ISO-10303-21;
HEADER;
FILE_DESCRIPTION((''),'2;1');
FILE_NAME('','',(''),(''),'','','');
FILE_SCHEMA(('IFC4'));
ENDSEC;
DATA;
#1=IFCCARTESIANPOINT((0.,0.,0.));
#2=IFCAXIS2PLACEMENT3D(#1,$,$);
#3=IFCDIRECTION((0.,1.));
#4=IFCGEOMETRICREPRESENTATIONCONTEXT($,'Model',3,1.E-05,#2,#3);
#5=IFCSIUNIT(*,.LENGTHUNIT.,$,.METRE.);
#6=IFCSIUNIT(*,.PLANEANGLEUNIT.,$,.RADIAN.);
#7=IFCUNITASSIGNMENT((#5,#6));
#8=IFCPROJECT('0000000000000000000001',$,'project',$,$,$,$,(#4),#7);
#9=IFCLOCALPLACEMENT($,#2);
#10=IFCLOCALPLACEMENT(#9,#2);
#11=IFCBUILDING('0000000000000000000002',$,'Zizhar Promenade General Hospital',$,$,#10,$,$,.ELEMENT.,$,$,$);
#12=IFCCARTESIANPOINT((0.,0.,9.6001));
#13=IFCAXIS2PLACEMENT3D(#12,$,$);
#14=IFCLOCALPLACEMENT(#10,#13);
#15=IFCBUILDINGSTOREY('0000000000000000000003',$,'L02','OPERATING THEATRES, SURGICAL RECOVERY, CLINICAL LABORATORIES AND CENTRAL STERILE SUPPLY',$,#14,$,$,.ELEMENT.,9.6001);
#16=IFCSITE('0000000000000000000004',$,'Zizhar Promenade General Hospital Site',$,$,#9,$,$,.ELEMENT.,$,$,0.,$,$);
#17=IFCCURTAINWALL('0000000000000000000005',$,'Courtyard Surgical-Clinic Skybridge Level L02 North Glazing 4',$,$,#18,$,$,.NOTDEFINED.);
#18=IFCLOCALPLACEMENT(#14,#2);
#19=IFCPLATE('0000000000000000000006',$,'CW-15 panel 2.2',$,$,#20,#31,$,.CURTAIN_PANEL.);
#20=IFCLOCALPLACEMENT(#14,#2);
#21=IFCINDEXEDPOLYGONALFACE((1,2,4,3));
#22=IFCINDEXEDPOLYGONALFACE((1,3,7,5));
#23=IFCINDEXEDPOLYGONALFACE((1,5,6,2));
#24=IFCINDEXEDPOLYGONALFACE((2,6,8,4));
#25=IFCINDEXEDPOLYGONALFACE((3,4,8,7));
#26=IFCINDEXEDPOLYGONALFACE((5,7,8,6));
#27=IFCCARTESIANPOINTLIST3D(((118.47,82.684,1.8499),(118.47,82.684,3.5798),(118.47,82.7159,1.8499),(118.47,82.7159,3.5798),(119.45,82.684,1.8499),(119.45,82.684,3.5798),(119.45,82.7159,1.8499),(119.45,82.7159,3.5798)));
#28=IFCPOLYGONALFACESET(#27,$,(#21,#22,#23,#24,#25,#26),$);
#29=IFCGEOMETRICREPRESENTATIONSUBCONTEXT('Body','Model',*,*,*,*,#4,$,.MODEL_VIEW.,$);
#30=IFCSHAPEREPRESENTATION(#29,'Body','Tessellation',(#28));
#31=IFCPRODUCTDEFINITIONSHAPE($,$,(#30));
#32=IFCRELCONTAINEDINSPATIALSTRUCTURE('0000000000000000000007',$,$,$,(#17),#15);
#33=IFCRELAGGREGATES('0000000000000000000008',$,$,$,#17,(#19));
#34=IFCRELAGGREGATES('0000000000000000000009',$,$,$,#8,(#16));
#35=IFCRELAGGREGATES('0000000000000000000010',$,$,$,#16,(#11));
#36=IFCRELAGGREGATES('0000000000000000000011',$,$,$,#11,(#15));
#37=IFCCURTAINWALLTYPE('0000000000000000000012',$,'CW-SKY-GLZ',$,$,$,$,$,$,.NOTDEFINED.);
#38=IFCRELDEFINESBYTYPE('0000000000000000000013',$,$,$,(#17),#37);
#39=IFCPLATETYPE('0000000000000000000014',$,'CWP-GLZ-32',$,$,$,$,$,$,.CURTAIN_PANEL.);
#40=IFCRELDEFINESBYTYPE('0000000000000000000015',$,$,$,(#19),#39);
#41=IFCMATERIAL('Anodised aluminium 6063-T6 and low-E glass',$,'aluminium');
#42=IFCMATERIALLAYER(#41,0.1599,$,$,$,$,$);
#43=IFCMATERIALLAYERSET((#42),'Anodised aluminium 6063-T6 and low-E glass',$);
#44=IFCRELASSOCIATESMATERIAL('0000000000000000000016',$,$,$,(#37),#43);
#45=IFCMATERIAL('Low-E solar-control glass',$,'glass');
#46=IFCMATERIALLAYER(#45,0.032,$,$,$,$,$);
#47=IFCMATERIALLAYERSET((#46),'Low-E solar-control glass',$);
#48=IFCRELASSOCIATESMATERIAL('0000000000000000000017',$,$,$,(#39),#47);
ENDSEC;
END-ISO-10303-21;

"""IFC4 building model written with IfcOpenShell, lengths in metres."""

from ifc_helpers import new_model, si_unit, direction, frame, origin, origin_2d, place, context, subcontext, project, spatial, rectangle, extrude, material, layer, layer_set, type_object, element, aggregate, save


model = new_model("IFC4")

# Units and contexts
model_context = context("Model", 3, precision=1e-05, world=origin(), true_north=direction((0.0, 1.0)))
body_context = subcontext(model_context, "Body", "Model", "MODEL_VIEW")
ifc_project = project(units=[si_unit("LENGTHUNIT", "METRE"), si_unit("PLANEANGLEUNIT", "RADIAN")], contexts=[model_context])

# Site, building, storey
site_placement = place(None, origin())
site = spatial("IfcSite", under=ifc_project, at=site_placement, Name="Zizhar Promenade General Hospital Site", CompositionType="ELEMENT", RefElevation=0.0)
building_placement = place(site_placement, origin())
building = spatial("IfcBuilding", under=site, at=building_placement, Name="Zizhar Promenade General Hospital", CompositionType="ELEMENT")
storey_placement = place(building_placement, frame((0.0, 0.0, 9.6001)))
storey = spatial("IfcBuildingStorey", under=building, at=storey_placement, Name="L02", Description="OPERATING THEATRES, SURGICAL RECOVERY, CLINICAL LABORATORIES AND CENTRAL STERILE SUPPLY", CompositionType="ELEMENT", Elevation=9.6001)

# Curtain wall
ifc_material_1 = material(Name="Anodised aluminium 6063-T6 and low-E glass", Category="aluminium")
ifc_layer_1 = layer(ifc_material_1, 0.1599)
ifc_layer_set_1 = layer_set([ifc_layer_1], Name="Anodised aluminium 6063-T6 and low-E glass")
curtain_wall_type = type_object("IfcCurtainWallType", Name="CW-SKY-GLZ", PredefinedType="NOTDEFINED", material=ifc_layer_set_1)
curtain_wall_1_placement = place(storey_placement, origin())
curtain_wall_1 = element("IfcCurtainWall", 1, at=curtain_wall_1_placement, inside=storey, type_object=curtain_wall_type, Name="Courtyard Surgical-Clinic Skybridge Level L02 North Glazing 4", PredefinedType="NOTDEFINED")

# Plate
ifc_material_2 = material(Name="Low-E solar-control glass", Category="glass")
ifc_layer_2 = layer(ifc_material_2, 0.032)
ifc_layer_set_2 = layer_set([ifc_layer_2], Name="Low-E solar-control glass")
plate_type = type_object("IfcPlateType", Name="CWP-GLZ-32", PredefinedType="CURTAIN_PANEL", material=ifc_layer_set_2)
plate_1_placement = place(storey_placement, frame((118.96, 82.7, 1.8499), z_axis=(0.0, 0.0, 1.0), x_axis=(1.0, 0.0, 0.0)))
plate_1 = element("IfcPlate", 2, at=plate_1_placement, type_object=plate_type, Name="CW-15 panel 2.2", PredefinedType="CURTAIN_PANEL", context=body_context, shape_type="SweptSolid", body=[
    extrude(rectangle(XDim=0.98, YDim=0.032, at=origin_2d()), origin(), (0.0, 0.0, 1.0), 1.73),
])
aggregate(curtain_wall_1, [plate_1])

save(model, "model.ifc")
